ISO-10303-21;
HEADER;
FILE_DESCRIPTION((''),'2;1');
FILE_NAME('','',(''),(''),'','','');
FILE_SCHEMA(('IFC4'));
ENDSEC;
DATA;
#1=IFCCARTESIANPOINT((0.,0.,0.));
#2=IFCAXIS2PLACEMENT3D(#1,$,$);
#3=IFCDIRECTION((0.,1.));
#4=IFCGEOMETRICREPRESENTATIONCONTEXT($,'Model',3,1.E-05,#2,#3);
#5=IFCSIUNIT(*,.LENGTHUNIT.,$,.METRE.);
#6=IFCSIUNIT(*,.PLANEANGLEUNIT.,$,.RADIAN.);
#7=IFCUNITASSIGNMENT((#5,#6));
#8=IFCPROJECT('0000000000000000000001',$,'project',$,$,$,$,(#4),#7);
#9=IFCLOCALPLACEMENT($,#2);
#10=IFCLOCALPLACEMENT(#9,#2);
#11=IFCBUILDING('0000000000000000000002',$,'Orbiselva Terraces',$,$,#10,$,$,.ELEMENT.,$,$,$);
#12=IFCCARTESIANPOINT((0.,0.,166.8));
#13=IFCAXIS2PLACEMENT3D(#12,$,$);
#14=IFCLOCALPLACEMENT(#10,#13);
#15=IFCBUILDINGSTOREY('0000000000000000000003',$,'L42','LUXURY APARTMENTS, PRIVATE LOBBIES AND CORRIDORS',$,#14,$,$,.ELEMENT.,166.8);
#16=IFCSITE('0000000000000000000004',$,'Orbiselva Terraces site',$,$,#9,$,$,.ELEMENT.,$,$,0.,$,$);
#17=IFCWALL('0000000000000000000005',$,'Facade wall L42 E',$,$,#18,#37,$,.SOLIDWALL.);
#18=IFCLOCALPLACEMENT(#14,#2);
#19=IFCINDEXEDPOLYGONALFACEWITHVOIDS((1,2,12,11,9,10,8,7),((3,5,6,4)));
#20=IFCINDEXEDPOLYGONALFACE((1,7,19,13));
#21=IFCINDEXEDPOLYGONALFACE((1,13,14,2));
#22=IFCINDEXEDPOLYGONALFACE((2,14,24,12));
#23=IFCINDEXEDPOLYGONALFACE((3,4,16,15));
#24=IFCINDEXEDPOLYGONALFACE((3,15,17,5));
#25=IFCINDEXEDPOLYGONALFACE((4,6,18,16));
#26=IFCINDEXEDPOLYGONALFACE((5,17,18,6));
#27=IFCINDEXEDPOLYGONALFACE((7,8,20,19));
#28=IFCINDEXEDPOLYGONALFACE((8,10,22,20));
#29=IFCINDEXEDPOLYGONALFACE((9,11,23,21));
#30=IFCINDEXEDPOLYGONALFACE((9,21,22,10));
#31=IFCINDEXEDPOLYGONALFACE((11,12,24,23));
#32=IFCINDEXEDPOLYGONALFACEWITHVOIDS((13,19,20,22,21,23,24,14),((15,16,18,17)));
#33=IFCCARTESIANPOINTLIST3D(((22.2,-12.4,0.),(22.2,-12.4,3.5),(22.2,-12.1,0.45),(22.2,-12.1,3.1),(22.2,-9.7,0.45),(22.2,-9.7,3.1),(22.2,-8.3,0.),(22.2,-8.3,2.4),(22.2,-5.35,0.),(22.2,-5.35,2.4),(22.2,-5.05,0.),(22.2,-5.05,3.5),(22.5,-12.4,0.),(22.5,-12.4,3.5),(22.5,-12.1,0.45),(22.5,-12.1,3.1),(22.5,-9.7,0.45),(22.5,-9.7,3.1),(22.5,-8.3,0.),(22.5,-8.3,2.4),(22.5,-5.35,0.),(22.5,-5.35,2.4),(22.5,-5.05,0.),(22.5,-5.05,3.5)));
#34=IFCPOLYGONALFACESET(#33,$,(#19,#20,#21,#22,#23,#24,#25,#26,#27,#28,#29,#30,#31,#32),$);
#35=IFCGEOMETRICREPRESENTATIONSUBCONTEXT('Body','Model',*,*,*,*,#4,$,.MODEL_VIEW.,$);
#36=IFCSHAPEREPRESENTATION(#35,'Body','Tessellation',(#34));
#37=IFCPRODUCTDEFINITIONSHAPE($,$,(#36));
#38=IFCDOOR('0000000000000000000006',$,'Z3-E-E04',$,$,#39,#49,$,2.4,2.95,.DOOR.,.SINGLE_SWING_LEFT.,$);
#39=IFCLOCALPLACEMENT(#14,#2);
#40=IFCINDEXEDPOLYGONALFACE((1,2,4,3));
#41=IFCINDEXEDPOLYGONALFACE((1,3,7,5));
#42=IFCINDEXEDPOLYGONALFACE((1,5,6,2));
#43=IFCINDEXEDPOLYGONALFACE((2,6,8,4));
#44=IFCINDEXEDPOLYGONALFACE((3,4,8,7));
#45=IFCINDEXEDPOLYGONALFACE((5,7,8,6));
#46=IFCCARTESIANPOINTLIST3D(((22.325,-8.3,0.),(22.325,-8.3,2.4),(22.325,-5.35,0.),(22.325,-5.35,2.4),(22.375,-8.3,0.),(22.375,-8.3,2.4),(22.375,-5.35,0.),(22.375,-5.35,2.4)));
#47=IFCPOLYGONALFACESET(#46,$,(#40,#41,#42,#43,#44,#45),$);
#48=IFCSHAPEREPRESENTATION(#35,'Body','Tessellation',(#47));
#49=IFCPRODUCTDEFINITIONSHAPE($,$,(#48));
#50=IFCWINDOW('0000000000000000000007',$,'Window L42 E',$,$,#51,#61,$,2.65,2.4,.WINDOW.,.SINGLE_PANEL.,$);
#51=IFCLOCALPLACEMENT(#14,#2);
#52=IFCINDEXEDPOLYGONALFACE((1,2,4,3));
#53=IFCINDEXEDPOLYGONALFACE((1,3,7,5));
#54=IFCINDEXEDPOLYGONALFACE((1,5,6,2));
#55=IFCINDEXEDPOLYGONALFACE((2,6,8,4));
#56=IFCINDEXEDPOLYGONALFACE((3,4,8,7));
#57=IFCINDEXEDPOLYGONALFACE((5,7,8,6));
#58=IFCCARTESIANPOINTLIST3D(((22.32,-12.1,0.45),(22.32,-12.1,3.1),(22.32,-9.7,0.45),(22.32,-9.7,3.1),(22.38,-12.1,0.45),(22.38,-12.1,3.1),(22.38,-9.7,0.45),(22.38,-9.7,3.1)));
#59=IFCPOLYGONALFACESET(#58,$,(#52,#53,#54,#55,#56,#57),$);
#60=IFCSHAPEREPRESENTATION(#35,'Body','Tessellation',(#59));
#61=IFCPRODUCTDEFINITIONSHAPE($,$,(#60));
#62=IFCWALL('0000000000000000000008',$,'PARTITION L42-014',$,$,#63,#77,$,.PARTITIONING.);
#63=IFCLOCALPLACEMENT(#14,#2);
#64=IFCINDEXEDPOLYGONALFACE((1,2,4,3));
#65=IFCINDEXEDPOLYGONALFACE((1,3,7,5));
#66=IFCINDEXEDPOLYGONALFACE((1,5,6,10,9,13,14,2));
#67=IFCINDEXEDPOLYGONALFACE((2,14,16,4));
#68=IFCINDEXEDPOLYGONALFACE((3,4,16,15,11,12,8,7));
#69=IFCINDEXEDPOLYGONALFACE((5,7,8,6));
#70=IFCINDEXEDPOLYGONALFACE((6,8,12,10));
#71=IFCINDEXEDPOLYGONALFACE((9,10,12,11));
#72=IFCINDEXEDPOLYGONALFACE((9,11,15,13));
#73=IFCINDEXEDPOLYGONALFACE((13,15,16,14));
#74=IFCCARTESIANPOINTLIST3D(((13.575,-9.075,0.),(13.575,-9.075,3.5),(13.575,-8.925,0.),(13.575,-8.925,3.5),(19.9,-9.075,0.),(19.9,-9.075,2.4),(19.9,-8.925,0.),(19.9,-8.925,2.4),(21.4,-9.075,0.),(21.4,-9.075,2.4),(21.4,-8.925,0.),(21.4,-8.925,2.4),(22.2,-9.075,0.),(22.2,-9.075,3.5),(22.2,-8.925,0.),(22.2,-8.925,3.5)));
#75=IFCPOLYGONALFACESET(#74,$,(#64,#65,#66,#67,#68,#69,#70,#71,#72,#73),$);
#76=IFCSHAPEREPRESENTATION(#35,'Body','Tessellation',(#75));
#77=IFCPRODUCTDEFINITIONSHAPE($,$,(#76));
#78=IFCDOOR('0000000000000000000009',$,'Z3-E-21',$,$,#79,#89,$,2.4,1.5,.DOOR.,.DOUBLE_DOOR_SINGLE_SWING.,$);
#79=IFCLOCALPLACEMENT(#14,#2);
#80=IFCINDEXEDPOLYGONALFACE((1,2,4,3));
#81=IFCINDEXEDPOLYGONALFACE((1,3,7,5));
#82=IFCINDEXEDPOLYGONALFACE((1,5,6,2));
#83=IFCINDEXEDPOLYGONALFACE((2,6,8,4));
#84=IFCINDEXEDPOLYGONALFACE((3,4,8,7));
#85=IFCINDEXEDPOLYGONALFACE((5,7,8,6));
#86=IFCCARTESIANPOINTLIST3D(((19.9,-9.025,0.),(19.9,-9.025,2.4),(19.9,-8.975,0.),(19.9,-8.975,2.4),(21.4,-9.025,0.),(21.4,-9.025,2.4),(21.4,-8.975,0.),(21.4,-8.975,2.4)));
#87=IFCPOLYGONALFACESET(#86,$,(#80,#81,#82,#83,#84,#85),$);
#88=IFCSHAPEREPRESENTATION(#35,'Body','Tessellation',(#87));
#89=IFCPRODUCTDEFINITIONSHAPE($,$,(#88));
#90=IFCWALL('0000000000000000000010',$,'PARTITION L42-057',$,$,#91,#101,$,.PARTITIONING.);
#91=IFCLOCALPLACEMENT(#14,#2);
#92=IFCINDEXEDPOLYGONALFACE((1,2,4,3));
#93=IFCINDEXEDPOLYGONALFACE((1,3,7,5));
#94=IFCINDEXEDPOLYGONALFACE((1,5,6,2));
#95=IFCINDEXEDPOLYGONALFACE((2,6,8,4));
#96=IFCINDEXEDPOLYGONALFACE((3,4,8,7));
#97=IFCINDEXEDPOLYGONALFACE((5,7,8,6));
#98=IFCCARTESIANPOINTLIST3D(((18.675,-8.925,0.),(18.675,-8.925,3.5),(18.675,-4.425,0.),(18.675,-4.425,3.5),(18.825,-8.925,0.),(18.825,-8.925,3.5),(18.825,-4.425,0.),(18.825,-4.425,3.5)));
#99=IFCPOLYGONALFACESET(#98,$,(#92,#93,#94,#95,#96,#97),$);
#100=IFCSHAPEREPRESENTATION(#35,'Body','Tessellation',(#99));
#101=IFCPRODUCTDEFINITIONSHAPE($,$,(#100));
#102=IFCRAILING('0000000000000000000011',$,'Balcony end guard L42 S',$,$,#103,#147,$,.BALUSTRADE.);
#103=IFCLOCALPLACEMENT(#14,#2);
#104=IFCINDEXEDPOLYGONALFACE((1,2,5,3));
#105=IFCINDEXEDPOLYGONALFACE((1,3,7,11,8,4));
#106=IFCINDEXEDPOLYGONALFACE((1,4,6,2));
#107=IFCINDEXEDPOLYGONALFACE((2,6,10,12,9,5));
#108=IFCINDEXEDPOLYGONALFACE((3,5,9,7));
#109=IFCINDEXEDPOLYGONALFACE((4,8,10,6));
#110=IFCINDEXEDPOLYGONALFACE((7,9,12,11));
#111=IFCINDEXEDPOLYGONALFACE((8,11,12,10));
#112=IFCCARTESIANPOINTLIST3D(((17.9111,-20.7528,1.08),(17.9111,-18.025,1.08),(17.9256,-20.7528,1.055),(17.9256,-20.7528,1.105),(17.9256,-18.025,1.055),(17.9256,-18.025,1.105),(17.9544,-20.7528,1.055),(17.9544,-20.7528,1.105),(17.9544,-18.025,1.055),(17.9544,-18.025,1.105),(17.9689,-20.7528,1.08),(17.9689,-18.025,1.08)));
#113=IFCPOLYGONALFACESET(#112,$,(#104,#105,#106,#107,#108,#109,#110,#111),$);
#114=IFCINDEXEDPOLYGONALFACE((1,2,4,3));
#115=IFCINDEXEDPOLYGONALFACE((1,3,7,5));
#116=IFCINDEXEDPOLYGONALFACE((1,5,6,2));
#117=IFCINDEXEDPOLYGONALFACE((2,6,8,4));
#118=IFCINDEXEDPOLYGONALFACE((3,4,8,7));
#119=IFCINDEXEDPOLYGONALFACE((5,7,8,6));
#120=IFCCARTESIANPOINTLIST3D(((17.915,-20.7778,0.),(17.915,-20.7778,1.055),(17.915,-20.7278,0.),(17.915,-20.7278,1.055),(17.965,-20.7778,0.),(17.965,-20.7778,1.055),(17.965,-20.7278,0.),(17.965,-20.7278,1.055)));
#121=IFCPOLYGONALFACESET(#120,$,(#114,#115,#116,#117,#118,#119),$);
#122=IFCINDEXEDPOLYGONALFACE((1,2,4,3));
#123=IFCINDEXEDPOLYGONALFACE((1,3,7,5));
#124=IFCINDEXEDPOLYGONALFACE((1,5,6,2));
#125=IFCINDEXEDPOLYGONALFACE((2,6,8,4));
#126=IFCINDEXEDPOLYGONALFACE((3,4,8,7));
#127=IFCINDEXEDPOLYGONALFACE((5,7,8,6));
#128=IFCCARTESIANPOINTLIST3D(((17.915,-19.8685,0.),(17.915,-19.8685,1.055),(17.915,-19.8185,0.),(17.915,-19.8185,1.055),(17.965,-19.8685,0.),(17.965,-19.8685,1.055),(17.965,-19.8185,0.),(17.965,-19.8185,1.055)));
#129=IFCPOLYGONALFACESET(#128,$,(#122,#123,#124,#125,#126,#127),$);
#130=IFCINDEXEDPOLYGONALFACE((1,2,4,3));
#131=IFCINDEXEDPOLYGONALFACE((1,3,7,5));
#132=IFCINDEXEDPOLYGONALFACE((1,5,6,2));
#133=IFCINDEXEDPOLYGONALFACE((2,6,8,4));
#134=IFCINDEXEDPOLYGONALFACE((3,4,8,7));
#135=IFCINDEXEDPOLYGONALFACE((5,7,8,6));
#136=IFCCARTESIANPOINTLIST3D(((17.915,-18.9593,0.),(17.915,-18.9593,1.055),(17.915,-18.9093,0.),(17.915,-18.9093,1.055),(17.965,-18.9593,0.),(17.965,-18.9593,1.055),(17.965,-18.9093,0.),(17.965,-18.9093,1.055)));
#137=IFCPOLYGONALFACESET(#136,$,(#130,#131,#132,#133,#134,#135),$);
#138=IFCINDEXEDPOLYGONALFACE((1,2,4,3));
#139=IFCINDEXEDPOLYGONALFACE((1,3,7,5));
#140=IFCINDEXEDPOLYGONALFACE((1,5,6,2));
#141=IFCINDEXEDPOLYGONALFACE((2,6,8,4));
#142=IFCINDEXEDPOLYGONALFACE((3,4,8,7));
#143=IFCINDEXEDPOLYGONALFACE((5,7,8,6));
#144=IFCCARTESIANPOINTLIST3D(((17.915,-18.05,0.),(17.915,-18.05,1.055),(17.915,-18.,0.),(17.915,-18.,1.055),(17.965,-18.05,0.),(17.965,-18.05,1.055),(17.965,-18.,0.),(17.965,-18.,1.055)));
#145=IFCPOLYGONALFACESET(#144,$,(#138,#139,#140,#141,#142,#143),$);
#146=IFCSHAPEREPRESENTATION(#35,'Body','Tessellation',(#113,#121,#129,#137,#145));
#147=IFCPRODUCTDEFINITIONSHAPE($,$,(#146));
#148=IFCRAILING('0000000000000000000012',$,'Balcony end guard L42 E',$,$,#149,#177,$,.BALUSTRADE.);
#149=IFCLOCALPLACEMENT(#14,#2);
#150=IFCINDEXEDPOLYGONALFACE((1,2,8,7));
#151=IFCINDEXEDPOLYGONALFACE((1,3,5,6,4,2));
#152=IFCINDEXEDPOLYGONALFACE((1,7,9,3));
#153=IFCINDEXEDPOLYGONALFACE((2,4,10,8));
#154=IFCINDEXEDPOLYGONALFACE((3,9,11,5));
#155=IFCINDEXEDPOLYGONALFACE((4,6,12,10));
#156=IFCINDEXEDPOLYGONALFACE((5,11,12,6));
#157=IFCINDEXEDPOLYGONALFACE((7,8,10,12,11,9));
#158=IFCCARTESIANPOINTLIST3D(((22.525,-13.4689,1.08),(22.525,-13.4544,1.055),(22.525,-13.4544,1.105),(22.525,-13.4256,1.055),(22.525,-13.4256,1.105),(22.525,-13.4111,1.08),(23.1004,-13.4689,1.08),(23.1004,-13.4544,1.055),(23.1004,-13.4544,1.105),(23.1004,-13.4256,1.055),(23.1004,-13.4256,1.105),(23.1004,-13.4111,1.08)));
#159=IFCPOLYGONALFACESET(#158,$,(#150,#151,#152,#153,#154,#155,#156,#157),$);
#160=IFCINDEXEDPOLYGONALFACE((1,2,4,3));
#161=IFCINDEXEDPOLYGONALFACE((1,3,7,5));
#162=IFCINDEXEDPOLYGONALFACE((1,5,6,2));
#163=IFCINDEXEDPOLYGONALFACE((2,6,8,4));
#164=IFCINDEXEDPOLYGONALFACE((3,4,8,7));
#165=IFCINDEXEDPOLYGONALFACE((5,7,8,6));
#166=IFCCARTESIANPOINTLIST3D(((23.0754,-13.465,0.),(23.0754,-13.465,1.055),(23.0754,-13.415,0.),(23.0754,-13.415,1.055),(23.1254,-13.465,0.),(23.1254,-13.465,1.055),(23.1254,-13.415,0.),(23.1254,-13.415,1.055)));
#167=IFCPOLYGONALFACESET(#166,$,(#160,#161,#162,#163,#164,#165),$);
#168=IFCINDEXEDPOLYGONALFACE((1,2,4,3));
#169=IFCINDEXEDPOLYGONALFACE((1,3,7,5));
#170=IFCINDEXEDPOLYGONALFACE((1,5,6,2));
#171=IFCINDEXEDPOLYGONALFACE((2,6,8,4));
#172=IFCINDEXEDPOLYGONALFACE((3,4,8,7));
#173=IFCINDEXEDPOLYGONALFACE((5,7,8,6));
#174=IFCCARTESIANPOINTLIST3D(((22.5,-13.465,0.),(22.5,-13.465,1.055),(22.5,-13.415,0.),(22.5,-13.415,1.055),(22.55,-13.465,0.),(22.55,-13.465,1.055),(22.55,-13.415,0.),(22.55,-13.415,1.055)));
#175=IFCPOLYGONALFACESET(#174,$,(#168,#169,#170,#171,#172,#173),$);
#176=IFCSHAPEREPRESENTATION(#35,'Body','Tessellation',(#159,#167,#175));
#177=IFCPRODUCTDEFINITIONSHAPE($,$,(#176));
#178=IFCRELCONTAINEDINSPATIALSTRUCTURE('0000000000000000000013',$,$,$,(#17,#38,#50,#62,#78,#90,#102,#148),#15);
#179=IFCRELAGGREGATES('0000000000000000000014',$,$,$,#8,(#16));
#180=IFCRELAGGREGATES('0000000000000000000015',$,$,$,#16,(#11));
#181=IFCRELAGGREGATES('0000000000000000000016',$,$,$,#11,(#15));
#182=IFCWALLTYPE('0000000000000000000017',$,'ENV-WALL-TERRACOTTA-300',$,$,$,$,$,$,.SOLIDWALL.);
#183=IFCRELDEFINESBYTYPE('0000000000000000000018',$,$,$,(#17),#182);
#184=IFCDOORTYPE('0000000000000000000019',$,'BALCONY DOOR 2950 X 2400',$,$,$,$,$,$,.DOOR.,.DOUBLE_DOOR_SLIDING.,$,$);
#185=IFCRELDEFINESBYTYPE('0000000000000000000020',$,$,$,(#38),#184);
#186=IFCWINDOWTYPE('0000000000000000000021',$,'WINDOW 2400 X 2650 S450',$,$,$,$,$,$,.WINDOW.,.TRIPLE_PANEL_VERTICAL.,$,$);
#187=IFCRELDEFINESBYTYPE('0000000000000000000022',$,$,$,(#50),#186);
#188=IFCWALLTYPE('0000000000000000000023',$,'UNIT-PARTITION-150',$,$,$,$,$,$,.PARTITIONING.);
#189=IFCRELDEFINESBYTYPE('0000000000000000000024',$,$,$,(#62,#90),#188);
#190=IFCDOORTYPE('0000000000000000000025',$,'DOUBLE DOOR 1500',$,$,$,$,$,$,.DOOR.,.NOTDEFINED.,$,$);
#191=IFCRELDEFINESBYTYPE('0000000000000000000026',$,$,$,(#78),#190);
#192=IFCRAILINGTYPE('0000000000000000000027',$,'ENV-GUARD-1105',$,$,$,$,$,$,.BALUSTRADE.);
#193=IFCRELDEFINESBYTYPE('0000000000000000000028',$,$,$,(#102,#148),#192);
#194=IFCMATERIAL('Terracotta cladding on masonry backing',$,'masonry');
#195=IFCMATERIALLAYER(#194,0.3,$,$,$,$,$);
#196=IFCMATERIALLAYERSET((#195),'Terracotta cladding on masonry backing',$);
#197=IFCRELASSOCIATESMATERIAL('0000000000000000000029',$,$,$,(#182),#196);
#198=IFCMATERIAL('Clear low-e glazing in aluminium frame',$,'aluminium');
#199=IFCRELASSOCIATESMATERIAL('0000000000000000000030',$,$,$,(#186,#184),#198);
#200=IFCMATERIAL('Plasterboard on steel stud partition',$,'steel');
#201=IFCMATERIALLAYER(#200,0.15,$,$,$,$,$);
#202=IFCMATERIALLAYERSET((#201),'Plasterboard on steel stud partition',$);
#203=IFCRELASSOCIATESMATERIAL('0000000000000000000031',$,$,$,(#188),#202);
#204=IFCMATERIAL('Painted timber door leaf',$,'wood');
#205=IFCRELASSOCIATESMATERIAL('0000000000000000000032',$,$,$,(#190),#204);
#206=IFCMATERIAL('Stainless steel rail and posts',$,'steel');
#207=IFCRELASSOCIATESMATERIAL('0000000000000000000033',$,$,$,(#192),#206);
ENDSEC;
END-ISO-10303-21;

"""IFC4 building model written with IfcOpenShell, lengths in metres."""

from ifc_helpers import new_model, si_unit, direction, frame, frame_2d, origin, origin_2d, place, context, subcontext, project, spatial, polyline, rectangle, outline, extrude, material, layer, layer_set, type_object, element, fill, save


model = new_model("IFC4")

# Units and contexts
model_context = context("Model", 3, precision=1e-05, world=origin(), true_north=direction((0.0, 1.0)))
body_context = subcontext(model_context, "Body", "Model", "MODEL_VIEW")
ifc_project = project(units=[si_unit("LENGTHUNIT", "METRE"), si_unit("PLANEANGLEUNIT", "RADIAN")], contexts=[model_context])

# Site, building, storey
site_placement = place(None, origin())
site = spatial("IfcSite", under=ifc_project, at=site_placement, Name="Orbiselva Terraces site", CompositionType="ELEMENT", RefElevation=0.0)
building_placement = place(site_placement, origin())
building = spatial("IfcBuilding", under=site, at=building_placement, Name="Orbiselva Terraces", CompositionType="ELEMENT")
storey_placement = place(building_placement, frame((0.0, 0.0, 166.8)))
storey = spatial("IfcBuildingStorey", under=building, at=storey_placement, Name="L42", Description="LUXURY APARTMENTS, PRIVATE LOBBIES AND CORRIDORS", CompositionType="ELEMENT", Elevation=166.8)

# Shared definitions
ifc_material_1 = material(Name="Terracotta cladding on masonry backing", Category="masonry")
ifc_layer_1 = layer(ifc_material_1, 0.3)
ifc_layer_set_1 = layer_set([ifc_layer_1], Name="Terracotta cladding on masonry backing")
wall_type_1 = type_object("IfcWallType", Name="ENV-WALL-TERRACOTTA-300", PredefinedType="SOLIDWALL", material=ifc_layer_set_1)
ifc_material_2 = material(Name="Clear low-e glazing in aluminium frame", Category="aluminium")
window_type_1 = type_object("IfcWindowType", Name="WINDOW 2400 X 2650 S450", PartitioningType="TRIPLE_PANEL_VERTICAL", PredefinedType="WINDOW", material=ifc_material_2)

# Wall, openings, door, window
wall_1_placement = place(storey_placement, frame((22.35, -5.05, 0.0), z_axis=(0.0, 0.0, 1.0), x_axis=(0.0, -1.0, 0.0)))
wall_1 = element("IfcWall", 1, at=wall_1_placement, inside=storey, type_object=wall_type_1, Name="Facade wall L42 E", PredefinedType="SOLIDWALL", context=body_context, shape_type="SweptSolid", body=[
    extrude(rectangle(XDim=7.35, YDim=0.3, at=frame_2d((3.675, 0.0))), origin(), (0.0, 0.0, 1.0), 3.5),
])
opening_1_placement = place(wall_1_placement, frame((4.65, 0.0, 0.45)))
opening_1 = element("IfcOpeningElement", 2, at=opening_1_placement, cuts=wall_1, PredefinedType="OPENING", context=body_context, shape_type="SweptSolid", body=[
    extrude(rectangle(XDim=2.4, YDim=2.65, at=frame_2d((1.2, 1.325))), frame((0.0, 0.16, 0.0), z_axis=(0.0, -1.0, 0.0), x_axis=(1.0, 0.0, 0.0)), (0.0, 0.0, 1.0), 0.32),
])
opening_2_placement = place(wall_1_placement, frame((0.3, 0.0, 0.0)))
opening_2 = element("IfcOpeningElement", 3, at=opening_2_placement, cuts=wall_1, PredefinedType="OPENING", context=body_context, shape_type="SweptSolid", body=[
    extrude(rectangle(XDim=2.95, YDim=2.4, at=frame_2d((1.475, 1.2))), frame((0.0, 0.16, 0.0), z_axis=(0.0, -1.0, 0.0), x_axis=(1.0, 0.0, 0.0)), (0.0, 0.0, 1.0), 0.32),
])
door_type_1 = type_object("IfcDoorType", Name="BALCONY DOOR 2950 X 2400", OperationType="DOUBLE_DOOR_SLIDING", PredefinedType="DOOR", material=ifc_material_2)
door_1_placement = place(opening_2_placement, origin())
door_1 = element("IfcDoor", 4, at=door_1_placement, inside=storey, type_object=door_type_1, Name="Z3-E-E04", OperationType="SINGLE_SWING_LEFT", OverallHeight=2.4, OverallWidth=2.95, PredefinedType="DOOR", context=body_context, shape_type="SweptSolid", body=[
    extrude(rectangle(XDim=2.95, YDim=2.4, at=frame_2d((1.475, 1.2))), frame((0.0, 0.025, 0.0), z_axis=(0.0, -1.0, 0.0), x_axis=(1.0, 0.0, 0.0)), (0.0, 0.0, 1.0), 0.05),
])
fill(opening_2, door_1)
window_1_placement = place(opening_1_placement, origin())
window_1 = element("IfcWindow", 5, at=window_1_placement, inside=storey, type_object=window_type_1, Name="Window L42 E", OverallHeight=2.65, OverallWidth=2.4, PartitioningType="SINGLE_PANEL", PredefinedType="WINDOW", context=body_context, shape_type="SweptSolid", body=[
    extrude(rectangle(XDim=2.4, YDim=2.65, at=frame_2d((1.2, 1.325))), frame((0.0, 0.03, 0.0), z_axis=(0.0, -1.0, 0.0), x_axis=(1.0, 0.0, 0.0)), (0.0, 0.0, 1.0), 0.06),
])
fill(opening_1, window_1)

# Wall, opening, door
ifc_material_3 = material(Name="Plasterboard on steel stud partition", Category="steel")
ifc_layer_2 = layer(ifc_material_3, 0.15)
ifc_layer_set_2 = layer_set([ifc_layer_2], Name="Plasterboard on steel stud partition")
wall_type_2 = type_object("IfcWallType", Name="UNIT-PARTITION-150", PredefinedType="PARTITIONING", material=ifc_layer_set_2)
wall_2_placement = place(storey_placement, frame((22.2, -9.0, 0.0), z_axis=(0.0, 0.0, 1.0), x_axis=(-1.0, 0.0, 0.0)))
wall_2 = element("IfcWall", 6, at=wall_2_placement, inside=storey, type_object=wall_type_2, Name="PARTITION L42-014", PredefinedType="PARTITIONING", context=body_context, shape_type="SweptSolid", body=[
    extrude(rectangle(XDim=8.625, YDim=0.15, at=frame_2d((4.3125, 0.0))), origin(), (0.0, 0.0, 1.0), 3.5),
])
opening_3_placement = place(wall_2_placement, frame((0.8, 0.0, 0.0)))
opening_3 = element("IfcOpeningElement", 7, at=opening_3_placement, cuts=wall_2, PredefinedType="OPENING", context=body_context, shape_type="SweptSolid", body=[
    extrude(rectangle(XDim=1.5, YDim=2.4, at=frame_2d((0.75, 1.2))), frame((0.0, 0.085, 0.0), z_axis=(0.0, -1.0, 0.0), x_axis=(1.0, 0.0, 0.0)), (0.0, 0.0, 1.0), 0.17),
])
ifc_material_4 = material(Name="Painted timber door leaf", Category="wood")
door_type_2 = type_object("IfcDoorType", Name="DOUBLE DOOR 1500", OperationType="NOTDEFINED", PredefinedType="DOOR", material=ifc_material_4)
door_2_placement = place(opening_3_placement, origin())
door_2 = element("IfcDoor", 8, at=door_2_placement, inside=storey, type_object=door_type_2, Name="Z3-E-21", OperationType="DOUBLE_DOOR_SINGLE_SWING", OverallHeight=2.4, OverallWidth=1.5, PredefinedType="DOOR", context=body_context, shape_type="SweptSolid", body=[
    extrude(rectangle(XDim=1.5, YDim=2.4, at=frame_2d((0.75, 1.2))), frame((0.0, 0.025, 0.0), z_axis=(0.0, -1.0, 0.0), x_axis=(1.0, 0.0, 0.0)), (0.0, 0.0, 1.0), 0.05),
])
fill(opening_3, door_2)

# Wall
wall_3_placement = place(storey_placement, frame((18.75, -8.925, 0.0), z_axis=(0.0, 0.0, 1.0), x_axis=(0.0, 1.0, 0.0)))
element("IfcWall", 9, at=wall_3_placement, inside=storey, type_object=wall_type_2, Name="PARTITION L42-057", PredefinedType="PARTITIONING", context=body_context, shape_type="SweptSolid", body=[
    extrude(rectangle(XDim=4.5, YDim=0.15, at=frame_2d((2.25, 0.0))), origin(), (0.0, 0.0, 1.0), 3.5),
])

# Railings
ifc_material_5 = material(Name="Stainless steel rail and posts", Category="steel")
railing_type_1 = type_object("IfcRailingType", Name="ENV-GUARD-1105", PredefinedType="BALUSTRADE", material=ifc_material_5)
railing_1_placement = place(storey_placement, frame((17.94, -20.7528, 0.0)))
element("IfcRailing", 10, at=railing_1_placement, inside=storey, type_object=railing_type_1, Name="Balcony end guard L42 S", PredefinedType="BALUSTRADE", context=body_context, shape_type="SweptSolid", body=[
    extrude(outline(polyline([(0.0289, 0.0), (0.0144, 0.025), (-0.0144, 0.025), (-0.0289, 0.0), (-0.0144, -0.025), (0.0144, -0.025), (0.0289, 0.0)])), frame((0.0, 0.0, 1.08), z_axis=(0.0, 1.0, 0.0), x_axis=(-1.0, 0.0, 0.0)), (0.0, 0.0, 1.0), 2.7278),
    extrude(rectangle(XDim=0.05, YDim=0.05, at=origin_2d()), origin(), (0.0, 0.0, 1.0), 1.055),
    extrude(rectangle(XDim=0.05, YDim=0.05, at=origin_2d()), frame((0.0, 0.9093, 0.0)), (0.0, 0.0, 1.0), 1.055),
    extrude(rectangle(XDim=0.05, YDim=0.05, at=origin_2d()), frame((0.0, 1.8185, 0.0)), (0.0, 0.0, 1.0), 1.055),
    extrude(rectangle(XDim=0.05, YDim=0.05, at=origin_2d()), frame((0.0, 2.7278, 0.0)), (0.0, 0.0, 1.0), 1.055),
])
railing_2_placement = place(storey_placement, frame((23.1004, -13.44, 0.0)))
element("IfcRailing", 11, at=railing_2_placement, inside=storey, type_object=railing_type_1, Name="Balcony end guard L42 E", PredefinedType="BALUSTRADE", context=body_context, shape_type="SweptSolid", body=[
    extrude(outline(polyline([(0.0289, 0.0), (0.0144, 0.025), (-0.0144, 0.025), (-0.0289, 0.0), (-0.0144, -0.025), (0.0144, -0.025), (0.0289, 0.0)])), frame((0.0, 0.0, 1.08), z_axis=(-1.0, 0.0, 0.0), x_axis=(0.0, -1.0, 0.0)), (0.0, 0.0, 1.0), 0.5754),
    extrude(rectangle(XDim=0.05, YDim=0.05, at=origin_2d()), origin(), (0.0, 0.0, 1.0), 1.055),
    extrude(rectangle(XDim=0.05, YDim=0.05, at=origin_2d()), frame((-0.5754, 0.0, 0.0)), (0.0, 0.0, 1.0), 1.055),
])

save(model, "model.ifc")
